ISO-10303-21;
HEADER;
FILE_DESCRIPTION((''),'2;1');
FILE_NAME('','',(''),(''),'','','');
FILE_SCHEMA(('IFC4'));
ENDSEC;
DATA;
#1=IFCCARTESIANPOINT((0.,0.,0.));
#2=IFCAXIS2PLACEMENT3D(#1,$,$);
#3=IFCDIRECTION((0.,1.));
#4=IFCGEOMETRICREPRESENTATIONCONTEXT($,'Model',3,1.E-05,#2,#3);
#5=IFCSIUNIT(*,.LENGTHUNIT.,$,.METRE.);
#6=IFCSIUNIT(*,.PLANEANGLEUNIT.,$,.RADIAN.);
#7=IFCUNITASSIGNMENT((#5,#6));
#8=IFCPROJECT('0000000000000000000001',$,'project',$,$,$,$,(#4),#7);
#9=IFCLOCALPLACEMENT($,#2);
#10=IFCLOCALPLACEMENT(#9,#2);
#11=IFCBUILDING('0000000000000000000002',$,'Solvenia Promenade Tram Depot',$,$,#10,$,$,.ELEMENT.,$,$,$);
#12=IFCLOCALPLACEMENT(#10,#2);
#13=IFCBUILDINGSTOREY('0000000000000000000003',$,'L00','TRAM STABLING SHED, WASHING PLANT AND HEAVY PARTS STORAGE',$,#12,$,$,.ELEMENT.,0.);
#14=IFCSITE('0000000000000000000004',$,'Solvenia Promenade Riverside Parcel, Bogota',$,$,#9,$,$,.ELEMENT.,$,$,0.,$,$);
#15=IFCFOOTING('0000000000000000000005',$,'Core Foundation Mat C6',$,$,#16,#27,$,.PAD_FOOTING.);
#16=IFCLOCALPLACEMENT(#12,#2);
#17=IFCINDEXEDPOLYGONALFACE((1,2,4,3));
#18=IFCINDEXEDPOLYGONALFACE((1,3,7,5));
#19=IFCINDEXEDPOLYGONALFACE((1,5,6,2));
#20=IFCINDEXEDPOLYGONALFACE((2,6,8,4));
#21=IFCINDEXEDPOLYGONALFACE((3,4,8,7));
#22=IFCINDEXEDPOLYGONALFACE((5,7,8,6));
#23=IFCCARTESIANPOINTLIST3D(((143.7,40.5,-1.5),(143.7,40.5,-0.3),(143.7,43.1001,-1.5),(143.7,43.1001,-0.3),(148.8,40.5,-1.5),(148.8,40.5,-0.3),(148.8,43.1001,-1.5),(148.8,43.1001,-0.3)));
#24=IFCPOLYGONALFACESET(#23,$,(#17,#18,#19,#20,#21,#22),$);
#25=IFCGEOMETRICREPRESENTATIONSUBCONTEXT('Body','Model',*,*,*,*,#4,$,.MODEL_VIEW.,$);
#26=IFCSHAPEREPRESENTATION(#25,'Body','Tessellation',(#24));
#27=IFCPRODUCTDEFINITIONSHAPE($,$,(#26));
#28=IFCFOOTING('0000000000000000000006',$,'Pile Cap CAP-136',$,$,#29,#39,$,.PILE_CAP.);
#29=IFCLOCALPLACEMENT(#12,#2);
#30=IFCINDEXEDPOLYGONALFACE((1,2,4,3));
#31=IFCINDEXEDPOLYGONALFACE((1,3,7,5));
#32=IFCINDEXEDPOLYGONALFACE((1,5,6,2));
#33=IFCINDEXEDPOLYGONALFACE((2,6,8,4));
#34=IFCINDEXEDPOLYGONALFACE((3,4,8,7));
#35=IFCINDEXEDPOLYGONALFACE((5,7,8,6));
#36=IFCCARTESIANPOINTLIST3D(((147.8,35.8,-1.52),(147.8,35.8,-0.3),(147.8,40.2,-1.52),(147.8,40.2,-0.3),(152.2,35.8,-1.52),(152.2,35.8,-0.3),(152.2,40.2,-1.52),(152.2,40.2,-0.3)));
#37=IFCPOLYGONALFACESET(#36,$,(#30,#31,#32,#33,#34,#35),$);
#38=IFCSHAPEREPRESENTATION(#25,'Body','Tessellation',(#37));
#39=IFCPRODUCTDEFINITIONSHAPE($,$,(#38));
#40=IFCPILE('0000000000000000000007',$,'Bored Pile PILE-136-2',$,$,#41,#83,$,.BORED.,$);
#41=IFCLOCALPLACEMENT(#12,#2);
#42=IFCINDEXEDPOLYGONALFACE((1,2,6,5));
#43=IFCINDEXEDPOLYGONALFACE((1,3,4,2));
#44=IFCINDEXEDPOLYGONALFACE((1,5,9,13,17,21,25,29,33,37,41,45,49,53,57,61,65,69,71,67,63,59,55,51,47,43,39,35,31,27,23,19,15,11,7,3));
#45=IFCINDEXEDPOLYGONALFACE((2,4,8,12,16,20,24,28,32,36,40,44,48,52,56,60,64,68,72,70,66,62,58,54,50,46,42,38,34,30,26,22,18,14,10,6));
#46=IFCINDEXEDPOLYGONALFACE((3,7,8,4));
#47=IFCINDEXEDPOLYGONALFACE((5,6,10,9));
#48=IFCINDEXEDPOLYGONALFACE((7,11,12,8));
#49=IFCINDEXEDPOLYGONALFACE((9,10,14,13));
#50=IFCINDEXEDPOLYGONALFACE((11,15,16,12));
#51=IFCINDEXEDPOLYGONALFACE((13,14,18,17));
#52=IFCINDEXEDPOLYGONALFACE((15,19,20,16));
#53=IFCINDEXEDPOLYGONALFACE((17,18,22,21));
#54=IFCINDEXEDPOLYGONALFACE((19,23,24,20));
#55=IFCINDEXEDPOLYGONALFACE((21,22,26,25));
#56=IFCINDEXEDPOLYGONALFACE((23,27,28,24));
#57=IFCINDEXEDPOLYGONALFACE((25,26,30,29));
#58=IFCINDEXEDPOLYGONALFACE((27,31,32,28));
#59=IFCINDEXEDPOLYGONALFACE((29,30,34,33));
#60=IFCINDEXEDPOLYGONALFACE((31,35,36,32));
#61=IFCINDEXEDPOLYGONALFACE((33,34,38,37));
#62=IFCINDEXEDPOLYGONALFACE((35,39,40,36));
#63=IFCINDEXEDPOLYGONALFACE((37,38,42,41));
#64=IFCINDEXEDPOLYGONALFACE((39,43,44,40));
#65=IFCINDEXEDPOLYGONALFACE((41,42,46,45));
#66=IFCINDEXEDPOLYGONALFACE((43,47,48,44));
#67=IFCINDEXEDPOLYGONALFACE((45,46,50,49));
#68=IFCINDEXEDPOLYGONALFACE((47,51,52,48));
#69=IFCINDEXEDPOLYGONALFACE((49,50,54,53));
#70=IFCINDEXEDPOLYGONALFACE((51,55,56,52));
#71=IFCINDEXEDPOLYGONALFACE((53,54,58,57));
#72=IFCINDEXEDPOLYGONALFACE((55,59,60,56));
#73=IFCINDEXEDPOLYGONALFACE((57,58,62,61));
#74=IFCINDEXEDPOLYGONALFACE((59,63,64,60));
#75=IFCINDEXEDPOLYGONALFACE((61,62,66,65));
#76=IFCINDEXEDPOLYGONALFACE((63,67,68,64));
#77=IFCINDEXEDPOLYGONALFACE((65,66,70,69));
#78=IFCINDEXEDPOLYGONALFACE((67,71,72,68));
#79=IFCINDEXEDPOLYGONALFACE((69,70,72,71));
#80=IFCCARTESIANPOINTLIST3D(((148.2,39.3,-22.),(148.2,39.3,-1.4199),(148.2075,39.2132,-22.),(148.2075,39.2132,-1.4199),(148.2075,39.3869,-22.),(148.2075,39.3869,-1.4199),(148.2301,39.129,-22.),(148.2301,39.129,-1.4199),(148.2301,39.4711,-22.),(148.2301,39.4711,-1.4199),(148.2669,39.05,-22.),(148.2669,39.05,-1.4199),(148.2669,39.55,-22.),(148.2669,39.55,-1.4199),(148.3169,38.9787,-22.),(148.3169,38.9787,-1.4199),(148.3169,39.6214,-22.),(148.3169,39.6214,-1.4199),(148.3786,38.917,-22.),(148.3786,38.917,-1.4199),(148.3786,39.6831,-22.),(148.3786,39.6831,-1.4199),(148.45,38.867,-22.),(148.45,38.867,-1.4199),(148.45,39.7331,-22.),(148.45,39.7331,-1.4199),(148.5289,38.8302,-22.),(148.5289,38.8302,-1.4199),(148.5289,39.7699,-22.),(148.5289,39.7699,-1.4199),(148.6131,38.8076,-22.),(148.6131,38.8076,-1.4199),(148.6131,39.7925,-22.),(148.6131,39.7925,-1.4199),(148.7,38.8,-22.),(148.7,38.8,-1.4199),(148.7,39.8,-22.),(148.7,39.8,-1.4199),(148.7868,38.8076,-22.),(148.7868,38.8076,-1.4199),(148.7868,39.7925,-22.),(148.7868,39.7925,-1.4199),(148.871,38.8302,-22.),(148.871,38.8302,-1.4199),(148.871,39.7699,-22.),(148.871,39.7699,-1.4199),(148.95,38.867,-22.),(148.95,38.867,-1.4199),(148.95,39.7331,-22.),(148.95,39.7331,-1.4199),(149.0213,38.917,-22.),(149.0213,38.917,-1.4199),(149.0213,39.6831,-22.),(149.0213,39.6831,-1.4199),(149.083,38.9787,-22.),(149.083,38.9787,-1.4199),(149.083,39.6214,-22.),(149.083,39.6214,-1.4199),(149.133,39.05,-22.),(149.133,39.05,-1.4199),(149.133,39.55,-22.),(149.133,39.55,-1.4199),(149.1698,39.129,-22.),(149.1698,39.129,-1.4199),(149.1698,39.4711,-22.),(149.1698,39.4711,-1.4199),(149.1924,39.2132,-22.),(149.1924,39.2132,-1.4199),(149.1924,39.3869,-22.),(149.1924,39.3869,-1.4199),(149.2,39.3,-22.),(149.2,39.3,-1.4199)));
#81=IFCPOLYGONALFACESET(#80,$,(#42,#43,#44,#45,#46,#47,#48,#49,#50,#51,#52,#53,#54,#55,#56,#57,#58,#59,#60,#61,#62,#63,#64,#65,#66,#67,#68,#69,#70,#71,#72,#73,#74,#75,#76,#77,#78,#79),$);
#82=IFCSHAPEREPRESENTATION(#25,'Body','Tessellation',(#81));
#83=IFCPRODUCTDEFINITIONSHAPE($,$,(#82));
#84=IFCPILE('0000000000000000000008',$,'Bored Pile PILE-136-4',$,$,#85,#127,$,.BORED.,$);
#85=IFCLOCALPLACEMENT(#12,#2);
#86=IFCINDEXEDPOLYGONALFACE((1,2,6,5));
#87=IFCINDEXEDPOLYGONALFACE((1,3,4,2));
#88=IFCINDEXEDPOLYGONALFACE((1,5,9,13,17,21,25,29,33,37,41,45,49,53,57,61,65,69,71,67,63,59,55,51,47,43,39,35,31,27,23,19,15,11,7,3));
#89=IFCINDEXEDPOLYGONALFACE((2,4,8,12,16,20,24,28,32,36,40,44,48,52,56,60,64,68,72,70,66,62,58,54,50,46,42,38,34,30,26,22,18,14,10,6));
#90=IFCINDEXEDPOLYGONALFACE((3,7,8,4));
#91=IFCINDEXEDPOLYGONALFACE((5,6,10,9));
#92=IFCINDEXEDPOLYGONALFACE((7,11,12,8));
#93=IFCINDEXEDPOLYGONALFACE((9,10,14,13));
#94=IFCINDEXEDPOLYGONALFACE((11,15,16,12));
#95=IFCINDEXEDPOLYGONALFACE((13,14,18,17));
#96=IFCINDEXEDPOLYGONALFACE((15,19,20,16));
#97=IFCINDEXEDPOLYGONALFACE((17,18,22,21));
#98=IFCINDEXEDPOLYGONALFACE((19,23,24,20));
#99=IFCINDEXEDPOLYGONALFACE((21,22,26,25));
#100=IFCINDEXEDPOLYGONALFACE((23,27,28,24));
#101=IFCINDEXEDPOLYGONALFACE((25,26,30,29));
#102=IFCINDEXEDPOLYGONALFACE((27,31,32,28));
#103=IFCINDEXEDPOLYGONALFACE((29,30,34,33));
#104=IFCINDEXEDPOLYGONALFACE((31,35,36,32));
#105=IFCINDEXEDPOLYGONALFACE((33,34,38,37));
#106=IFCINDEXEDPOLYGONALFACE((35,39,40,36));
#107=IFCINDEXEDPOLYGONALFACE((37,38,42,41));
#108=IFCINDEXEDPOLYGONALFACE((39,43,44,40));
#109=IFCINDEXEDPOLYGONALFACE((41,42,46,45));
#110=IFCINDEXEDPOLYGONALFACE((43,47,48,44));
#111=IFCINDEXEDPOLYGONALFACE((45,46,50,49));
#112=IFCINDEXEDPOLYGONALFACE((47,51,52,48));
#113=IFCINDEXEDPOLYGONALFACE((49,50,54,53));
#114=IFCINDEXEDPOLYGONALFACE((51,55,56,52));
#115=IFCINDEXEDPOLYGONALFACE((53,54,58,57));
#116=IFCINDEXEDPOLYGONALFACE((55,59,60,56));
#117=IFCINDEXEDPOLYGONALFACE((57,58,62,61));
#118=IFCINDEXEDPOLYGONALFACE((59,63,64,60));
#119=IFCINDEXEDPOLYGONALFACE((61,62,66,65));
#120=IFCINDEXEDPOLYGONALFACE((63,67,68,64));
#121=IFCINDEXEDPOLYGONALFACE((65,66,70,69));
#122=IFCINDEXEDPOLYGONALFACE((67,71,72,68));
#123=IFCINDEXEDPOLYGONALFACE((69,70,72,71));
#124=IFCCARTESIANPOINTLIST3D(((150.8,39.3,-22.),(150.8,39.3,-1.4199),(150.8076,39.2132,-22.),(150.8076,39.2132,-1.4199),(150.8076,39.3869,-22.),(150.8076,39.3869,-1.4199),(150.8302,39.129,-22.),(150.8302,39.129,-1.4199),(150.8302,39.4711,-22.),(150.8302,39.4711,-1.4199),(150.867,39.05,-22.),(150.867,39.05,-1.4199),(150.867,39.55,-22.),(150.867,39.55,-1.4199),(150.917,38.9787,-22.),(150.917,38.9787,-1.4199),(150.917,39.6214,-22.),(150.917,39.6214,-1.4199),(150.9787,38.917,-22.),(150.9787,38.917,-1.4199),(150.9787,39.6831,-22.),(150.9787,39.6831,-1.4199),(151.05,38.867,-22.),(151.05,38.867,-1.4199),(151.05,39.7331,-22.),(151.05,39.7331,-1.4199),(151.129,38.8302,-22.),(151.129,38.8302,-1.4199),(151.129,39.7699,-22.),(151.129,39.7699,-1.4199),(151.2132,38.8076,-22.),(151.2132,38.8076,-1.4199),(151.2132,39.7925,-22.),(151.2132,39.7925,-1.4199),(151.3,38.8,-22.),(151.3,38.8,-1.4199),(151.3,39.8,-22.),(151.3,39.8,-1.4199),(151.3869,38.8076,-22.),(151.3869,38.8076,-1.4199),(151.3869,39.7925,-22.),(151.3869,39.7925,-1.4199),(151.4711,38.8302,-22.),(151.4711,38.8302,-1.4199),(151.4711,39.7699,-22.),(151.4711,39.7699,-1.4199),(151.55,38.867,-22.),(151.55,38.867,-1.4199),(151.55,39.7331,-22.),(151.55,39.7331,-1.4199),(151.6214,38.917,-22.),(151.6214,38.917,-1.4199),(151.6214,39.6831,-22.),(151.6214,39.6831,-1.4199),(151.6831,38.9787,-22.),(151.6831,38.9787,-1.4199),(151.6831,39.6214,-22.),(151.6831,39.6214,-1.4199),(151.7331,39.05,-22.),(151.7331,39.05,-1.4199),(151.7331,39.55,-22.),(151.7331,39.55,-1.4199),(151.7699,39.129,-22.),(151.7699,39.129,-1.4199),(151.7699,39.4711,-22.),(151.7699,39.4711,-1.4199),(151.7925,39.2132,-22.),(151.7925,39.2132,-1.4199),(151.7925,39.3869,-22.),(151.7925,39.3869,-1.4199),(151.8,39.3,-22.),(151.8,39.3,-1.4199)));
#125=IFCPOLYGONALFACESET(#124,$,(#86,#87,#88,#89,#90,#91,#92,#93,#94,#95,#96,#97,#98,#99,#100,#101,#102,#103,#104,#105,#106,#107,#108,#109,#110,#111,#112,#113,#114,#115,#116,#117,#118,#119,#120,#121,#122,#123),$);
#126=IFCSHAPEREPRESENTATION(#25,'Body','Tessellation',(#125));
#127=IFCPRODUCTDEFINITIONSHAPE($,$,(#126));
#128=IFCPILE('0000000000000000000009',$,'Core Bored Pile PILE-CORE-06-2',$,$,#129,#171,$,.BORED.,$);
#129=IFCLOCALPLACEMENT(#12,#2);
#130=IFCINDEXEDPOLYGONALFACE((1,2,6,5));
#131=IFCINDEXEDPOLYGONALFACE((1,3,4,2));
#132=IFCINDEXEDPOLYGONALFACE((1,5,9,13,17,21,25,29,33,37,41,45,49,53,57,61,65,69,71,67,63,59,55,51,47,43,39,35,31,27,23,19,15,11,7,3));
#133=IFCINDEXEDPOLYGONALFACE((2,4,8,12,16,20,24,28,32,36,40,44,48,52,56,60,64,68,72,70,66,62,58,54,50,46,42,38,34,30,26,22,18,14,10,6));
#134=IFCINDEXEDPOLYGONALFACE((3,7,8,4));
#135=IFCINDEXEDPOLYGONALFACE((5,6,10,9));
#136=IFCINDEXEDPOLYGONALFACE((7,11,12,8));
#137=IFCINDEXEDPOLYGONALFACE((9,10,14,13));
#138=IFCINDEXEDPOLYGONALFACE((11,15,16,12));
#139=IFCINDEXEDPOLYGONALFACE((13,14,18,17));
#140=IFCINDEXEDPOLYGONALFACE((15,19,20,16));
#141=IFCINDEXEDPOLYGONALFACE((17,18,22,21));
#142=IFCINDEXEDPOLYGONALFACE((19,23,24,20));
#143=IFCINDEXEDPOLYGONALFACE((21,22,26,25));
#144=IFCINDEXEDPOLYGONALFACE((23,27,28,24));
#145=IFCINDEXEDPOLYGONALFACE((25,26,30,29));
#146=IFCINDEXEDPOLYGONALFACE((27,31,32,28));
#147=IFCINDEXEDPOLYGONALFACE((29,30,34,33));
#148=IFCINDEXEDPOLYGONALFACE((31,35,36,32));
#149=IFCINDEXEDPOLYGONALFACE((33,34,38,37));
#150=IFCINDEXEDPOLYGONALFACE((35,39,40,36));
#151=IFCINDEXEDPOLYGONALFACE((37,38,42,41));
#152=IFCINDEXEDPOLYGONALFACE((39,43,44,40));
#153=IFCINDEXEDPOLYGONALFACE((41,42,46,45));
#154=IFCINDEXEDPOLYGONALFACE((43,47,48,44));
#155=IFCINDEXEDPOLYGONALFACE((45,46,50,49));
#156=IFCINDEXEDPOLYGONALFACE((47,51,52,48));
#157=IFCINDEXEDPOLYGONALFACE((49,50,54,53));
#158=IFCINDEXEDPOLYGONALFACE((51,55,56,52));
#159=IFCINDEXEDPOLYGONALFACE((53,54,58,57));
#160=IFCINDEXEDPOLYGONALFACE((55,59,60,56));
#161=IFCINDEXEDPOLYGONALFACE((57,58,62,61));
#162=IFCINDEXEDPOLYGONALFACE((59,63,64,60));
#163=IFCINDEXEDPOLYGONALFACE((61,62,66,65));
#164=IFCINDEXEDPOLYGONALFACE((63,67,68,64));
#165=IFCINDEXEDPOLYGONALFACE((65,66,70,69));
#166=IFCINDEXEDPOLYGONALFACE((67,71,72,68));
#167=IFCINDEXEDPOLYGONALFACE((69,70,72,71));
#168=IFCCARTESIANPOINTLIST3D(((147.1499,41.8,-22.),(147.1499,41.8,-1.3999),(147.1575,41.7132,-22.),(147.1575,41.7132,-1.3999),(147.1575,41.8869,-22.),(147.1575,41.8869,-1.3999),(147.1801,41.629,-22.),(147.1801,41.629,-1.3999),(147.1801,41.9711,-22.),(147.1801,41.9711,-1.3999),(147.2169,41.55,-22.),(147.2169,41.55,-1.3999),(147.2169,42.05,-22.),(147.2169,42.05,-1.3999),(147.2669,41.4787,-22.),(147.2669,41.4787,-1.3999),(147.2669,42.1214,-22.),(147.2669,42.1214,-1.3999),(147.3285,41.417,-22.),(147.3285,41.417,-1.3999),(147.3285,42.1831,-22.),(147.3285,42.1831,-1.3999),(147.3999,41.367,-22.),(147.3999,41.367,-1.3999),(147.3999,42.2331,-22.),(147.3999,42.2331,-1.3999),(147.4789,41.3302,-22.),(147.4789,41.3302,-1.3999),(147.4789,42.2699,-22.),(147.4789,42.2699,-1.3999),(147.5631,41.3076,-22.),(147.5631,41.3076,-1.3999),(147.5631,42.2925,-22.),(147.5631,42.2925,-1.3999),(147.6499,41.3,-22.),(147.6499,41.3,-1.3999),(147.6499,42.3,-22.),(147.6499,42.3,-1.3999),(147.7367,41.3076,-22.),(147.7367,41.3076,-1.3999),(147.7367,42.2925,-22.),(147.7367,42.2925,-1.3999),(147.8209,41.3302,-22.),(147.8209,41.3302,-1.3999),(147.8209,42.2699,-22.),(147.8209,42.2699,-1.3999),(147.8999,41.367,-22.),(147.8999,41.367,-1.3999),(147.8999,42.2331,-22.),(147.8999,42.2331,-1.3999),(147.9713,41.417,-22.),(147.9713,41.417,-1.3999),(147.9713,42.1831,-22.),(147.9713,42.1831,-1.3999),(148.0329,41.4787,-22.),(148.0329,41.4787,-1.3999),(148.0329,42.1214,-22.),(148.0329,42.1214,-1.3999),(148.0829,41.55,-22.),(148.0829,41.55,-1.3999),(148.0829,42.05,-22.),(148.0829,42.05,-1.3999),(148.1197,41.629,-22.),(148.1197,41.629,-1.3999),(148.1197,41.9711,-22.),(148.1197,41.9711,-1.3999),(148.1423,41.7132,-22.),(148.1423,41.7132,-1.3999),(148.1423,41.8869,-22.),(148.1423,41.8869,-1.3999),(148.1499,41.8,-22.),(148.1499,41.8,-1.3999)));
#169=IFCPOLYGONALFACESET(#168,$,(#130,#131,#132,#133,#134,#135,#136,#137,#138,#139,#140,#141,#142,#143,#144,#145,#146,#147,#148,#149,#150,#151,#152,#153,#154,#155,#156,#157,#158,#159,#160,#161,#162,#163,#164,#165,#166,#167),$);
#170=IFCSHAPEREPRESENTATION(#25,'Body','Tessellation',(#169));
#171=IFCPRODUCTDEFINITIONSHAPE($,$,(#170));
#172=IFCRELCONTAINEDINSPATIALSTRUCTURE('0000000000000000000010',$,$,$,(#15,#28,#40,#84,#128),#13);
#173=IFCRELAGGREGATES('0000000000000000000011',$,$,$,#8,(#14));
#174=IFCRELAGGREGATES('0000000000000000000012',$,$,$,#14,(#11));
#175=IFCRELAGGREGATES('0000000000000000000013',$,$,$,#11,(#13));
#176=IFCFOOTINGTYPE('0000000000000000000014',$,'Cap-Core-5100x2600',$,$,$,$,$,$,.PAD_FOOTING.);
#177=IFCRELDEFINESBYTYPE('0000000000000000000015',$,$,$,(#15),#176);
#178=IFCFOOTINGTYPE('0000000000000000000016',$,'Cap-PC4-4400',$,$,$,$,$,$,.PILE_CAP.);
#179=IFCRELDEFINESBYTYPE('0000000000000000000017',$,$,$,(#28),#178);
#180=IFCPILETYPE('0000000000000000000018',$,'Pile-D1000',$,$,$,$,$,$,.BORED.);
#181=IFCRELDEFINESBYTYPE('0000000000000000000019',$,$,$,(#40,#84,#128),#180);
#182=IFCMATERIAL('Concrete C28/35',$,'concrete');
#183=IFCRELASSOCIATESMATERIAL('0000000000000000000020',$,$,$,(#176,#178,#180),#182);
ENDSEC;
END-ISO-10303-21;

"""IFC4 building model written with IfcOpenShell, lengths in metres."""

from ifc_helpers import new_model, si_unit, direction, frame, origin, origin_2d, place, context, subcontext, project, spatial, rectangle, circle, extrude, material, material_profile, profile_set, type_object, element, save


model = new_model("IFC4")

# Units and contexts
model_context = context("Model", 3, precision=1e-05, world=origin(), true_north=direction((0.0, 1.0)))
body_context = subcontext(model_context, "Body", "Model", "MODEL_VIEW")
ifc_project = project(units=[si_unit("LENGTHUNIT", "METRE"), si_unit("PLANEANGLEUNIT", "RADIAN")], contexts=[model_context])

# Site, building, storey
site_placement = place(None, origin())
site = spatial("IfcSite", under=ifc_project, at=site_placement, Name="Solvenia Promenade Riverside Parcel, Bogota", CompositionType="ELEMENT", RefElevation=0.0)
building_placement = place(site_placement, origin())
building = spatial("IfcBuilding", under=site, at=building_placement, Name="Solvenia Promenade Tram Depot", CompositionType="ELEMENT")
storey_placement = place(building_placement, origin())
storey = spatial("IfcBuildingStorey", under=building, at=storey_placement, Name="L00", Description="TRAM STABLING SHED, WASHING PLANT AND HEAVY PARTS STORAGE", CompositionType="ELEMENT", Elevation=0.0)

# Footings
ifc_material_1 = material(Name="Concrete C28/35", Category="concrete")
footing_type_1 = type_object("IfcFootingType", Name="Cap-Core-5100x2600", PredefinedType="PAD_FOOTING", material=ifc_material_1)
footing_1_placement = place(storey_placement, frame((146.25, 41.8, -1.5), z_axis=(0.0, 0.0, 1.0), x_axis=(1.0, 0.0, 0.0)))
element("IfcFooting", 1, at=footing_1_placement, inside=storey, type_object=footing_type_1, Name="Core Foundation Mat C6", PredefinedType="PAD_FOOTING", context=body_context, shape_type="SweptSolid", body=[
    extrude(rectangle(XDim=5.1001, YDim=2.6001, at=origin_2d()), origin(), (0.0, 0.0, 1.0), 1.2),
])
footing_type_2 = type_object("IfcFootingType", Name="Cap-PC4-4400", PredefinedType="PILE_CAP", material=ifc_material_1)
footing_2_placement = place(storey_placement, frame((150.0, 38.0, -1.52), z_axis=(0.0, 0.0, 1.0), x_axis=(1.0, 0.0, 0.0)))
element("IfcFooting", 2, at=footing_2_placement, inside=storey, type_object=footing_type_2, Name="Pile Cap CAP-136", PredefinedType="PILE_CAP", context=body_context, shape_type="SweptSolid", body=[
    extrude(rectangle(XDim=4.3999, YDim=4.3999, at=origin_2d()), origin(), (0.0, 0.0, 1.0), 1.22),
])

# Piles
ifc_material_profile_1 = material_profile(ifc_material_1, circle(Radius=0.5, at=origin_2d()), Name="D1000", Category="concrete")
ifc_profile_set_1 = profile_set([ifc_material_profile_1], Name="Concrete C28/35")
pile_type_1 = type_object("IfcPileType", Name="Pile-D1000", PredefinedType="BORED", material=ifc_profile_set_1)
for number, where, z_axis, x_axis, name in (
    (3, (148.7, 39.3, -1.4199), (0.0, 0.0, -1.0), (1.0, 0.0, 0.0), "Bored Pile PILE-136-2"),
    (4, (151.3, 39.3, -1.4199), (0.0, 0.0, -1.0), (1.0, 0.0, 0.0), "Bored Pile PILE-136-4"),
):
    element("IfcPile", number, at=place(storey_placement, frame(where, z_axis=z_axis, x_axis=x_axis)), inside=storey, type_object=pile_type_1, Name=name, PredefinedType="BORED", context=body_context, shape_type="SweptSolid", body=[
        extrude(circle(Radius=0.5, at=origin_2d()), origin(), (0.0, 0.0, 1.0), 20.5801),
    ])
pile_placement = place(storey_placement, frame((147.6499, 41.8, -1.3999), z_axis=(0.0, 0.0, -1.0), x_axis=(1.0, 0.0, 0.0)))
element("IfcPile", 5, at=pile_placement, inside=storey, type_object=pile_type_1, Name="Core Bored Pile PILE-CORE-06-2", PredefinedType="BORED", context=body_context, shape_type="SweptSolid", body=[
    extrude(circle(Radius=0.5, at=origin_2d()), origin(), (0.0, 0.0, 1.0), 20.6001),
])

save(model, "model.ifc")
